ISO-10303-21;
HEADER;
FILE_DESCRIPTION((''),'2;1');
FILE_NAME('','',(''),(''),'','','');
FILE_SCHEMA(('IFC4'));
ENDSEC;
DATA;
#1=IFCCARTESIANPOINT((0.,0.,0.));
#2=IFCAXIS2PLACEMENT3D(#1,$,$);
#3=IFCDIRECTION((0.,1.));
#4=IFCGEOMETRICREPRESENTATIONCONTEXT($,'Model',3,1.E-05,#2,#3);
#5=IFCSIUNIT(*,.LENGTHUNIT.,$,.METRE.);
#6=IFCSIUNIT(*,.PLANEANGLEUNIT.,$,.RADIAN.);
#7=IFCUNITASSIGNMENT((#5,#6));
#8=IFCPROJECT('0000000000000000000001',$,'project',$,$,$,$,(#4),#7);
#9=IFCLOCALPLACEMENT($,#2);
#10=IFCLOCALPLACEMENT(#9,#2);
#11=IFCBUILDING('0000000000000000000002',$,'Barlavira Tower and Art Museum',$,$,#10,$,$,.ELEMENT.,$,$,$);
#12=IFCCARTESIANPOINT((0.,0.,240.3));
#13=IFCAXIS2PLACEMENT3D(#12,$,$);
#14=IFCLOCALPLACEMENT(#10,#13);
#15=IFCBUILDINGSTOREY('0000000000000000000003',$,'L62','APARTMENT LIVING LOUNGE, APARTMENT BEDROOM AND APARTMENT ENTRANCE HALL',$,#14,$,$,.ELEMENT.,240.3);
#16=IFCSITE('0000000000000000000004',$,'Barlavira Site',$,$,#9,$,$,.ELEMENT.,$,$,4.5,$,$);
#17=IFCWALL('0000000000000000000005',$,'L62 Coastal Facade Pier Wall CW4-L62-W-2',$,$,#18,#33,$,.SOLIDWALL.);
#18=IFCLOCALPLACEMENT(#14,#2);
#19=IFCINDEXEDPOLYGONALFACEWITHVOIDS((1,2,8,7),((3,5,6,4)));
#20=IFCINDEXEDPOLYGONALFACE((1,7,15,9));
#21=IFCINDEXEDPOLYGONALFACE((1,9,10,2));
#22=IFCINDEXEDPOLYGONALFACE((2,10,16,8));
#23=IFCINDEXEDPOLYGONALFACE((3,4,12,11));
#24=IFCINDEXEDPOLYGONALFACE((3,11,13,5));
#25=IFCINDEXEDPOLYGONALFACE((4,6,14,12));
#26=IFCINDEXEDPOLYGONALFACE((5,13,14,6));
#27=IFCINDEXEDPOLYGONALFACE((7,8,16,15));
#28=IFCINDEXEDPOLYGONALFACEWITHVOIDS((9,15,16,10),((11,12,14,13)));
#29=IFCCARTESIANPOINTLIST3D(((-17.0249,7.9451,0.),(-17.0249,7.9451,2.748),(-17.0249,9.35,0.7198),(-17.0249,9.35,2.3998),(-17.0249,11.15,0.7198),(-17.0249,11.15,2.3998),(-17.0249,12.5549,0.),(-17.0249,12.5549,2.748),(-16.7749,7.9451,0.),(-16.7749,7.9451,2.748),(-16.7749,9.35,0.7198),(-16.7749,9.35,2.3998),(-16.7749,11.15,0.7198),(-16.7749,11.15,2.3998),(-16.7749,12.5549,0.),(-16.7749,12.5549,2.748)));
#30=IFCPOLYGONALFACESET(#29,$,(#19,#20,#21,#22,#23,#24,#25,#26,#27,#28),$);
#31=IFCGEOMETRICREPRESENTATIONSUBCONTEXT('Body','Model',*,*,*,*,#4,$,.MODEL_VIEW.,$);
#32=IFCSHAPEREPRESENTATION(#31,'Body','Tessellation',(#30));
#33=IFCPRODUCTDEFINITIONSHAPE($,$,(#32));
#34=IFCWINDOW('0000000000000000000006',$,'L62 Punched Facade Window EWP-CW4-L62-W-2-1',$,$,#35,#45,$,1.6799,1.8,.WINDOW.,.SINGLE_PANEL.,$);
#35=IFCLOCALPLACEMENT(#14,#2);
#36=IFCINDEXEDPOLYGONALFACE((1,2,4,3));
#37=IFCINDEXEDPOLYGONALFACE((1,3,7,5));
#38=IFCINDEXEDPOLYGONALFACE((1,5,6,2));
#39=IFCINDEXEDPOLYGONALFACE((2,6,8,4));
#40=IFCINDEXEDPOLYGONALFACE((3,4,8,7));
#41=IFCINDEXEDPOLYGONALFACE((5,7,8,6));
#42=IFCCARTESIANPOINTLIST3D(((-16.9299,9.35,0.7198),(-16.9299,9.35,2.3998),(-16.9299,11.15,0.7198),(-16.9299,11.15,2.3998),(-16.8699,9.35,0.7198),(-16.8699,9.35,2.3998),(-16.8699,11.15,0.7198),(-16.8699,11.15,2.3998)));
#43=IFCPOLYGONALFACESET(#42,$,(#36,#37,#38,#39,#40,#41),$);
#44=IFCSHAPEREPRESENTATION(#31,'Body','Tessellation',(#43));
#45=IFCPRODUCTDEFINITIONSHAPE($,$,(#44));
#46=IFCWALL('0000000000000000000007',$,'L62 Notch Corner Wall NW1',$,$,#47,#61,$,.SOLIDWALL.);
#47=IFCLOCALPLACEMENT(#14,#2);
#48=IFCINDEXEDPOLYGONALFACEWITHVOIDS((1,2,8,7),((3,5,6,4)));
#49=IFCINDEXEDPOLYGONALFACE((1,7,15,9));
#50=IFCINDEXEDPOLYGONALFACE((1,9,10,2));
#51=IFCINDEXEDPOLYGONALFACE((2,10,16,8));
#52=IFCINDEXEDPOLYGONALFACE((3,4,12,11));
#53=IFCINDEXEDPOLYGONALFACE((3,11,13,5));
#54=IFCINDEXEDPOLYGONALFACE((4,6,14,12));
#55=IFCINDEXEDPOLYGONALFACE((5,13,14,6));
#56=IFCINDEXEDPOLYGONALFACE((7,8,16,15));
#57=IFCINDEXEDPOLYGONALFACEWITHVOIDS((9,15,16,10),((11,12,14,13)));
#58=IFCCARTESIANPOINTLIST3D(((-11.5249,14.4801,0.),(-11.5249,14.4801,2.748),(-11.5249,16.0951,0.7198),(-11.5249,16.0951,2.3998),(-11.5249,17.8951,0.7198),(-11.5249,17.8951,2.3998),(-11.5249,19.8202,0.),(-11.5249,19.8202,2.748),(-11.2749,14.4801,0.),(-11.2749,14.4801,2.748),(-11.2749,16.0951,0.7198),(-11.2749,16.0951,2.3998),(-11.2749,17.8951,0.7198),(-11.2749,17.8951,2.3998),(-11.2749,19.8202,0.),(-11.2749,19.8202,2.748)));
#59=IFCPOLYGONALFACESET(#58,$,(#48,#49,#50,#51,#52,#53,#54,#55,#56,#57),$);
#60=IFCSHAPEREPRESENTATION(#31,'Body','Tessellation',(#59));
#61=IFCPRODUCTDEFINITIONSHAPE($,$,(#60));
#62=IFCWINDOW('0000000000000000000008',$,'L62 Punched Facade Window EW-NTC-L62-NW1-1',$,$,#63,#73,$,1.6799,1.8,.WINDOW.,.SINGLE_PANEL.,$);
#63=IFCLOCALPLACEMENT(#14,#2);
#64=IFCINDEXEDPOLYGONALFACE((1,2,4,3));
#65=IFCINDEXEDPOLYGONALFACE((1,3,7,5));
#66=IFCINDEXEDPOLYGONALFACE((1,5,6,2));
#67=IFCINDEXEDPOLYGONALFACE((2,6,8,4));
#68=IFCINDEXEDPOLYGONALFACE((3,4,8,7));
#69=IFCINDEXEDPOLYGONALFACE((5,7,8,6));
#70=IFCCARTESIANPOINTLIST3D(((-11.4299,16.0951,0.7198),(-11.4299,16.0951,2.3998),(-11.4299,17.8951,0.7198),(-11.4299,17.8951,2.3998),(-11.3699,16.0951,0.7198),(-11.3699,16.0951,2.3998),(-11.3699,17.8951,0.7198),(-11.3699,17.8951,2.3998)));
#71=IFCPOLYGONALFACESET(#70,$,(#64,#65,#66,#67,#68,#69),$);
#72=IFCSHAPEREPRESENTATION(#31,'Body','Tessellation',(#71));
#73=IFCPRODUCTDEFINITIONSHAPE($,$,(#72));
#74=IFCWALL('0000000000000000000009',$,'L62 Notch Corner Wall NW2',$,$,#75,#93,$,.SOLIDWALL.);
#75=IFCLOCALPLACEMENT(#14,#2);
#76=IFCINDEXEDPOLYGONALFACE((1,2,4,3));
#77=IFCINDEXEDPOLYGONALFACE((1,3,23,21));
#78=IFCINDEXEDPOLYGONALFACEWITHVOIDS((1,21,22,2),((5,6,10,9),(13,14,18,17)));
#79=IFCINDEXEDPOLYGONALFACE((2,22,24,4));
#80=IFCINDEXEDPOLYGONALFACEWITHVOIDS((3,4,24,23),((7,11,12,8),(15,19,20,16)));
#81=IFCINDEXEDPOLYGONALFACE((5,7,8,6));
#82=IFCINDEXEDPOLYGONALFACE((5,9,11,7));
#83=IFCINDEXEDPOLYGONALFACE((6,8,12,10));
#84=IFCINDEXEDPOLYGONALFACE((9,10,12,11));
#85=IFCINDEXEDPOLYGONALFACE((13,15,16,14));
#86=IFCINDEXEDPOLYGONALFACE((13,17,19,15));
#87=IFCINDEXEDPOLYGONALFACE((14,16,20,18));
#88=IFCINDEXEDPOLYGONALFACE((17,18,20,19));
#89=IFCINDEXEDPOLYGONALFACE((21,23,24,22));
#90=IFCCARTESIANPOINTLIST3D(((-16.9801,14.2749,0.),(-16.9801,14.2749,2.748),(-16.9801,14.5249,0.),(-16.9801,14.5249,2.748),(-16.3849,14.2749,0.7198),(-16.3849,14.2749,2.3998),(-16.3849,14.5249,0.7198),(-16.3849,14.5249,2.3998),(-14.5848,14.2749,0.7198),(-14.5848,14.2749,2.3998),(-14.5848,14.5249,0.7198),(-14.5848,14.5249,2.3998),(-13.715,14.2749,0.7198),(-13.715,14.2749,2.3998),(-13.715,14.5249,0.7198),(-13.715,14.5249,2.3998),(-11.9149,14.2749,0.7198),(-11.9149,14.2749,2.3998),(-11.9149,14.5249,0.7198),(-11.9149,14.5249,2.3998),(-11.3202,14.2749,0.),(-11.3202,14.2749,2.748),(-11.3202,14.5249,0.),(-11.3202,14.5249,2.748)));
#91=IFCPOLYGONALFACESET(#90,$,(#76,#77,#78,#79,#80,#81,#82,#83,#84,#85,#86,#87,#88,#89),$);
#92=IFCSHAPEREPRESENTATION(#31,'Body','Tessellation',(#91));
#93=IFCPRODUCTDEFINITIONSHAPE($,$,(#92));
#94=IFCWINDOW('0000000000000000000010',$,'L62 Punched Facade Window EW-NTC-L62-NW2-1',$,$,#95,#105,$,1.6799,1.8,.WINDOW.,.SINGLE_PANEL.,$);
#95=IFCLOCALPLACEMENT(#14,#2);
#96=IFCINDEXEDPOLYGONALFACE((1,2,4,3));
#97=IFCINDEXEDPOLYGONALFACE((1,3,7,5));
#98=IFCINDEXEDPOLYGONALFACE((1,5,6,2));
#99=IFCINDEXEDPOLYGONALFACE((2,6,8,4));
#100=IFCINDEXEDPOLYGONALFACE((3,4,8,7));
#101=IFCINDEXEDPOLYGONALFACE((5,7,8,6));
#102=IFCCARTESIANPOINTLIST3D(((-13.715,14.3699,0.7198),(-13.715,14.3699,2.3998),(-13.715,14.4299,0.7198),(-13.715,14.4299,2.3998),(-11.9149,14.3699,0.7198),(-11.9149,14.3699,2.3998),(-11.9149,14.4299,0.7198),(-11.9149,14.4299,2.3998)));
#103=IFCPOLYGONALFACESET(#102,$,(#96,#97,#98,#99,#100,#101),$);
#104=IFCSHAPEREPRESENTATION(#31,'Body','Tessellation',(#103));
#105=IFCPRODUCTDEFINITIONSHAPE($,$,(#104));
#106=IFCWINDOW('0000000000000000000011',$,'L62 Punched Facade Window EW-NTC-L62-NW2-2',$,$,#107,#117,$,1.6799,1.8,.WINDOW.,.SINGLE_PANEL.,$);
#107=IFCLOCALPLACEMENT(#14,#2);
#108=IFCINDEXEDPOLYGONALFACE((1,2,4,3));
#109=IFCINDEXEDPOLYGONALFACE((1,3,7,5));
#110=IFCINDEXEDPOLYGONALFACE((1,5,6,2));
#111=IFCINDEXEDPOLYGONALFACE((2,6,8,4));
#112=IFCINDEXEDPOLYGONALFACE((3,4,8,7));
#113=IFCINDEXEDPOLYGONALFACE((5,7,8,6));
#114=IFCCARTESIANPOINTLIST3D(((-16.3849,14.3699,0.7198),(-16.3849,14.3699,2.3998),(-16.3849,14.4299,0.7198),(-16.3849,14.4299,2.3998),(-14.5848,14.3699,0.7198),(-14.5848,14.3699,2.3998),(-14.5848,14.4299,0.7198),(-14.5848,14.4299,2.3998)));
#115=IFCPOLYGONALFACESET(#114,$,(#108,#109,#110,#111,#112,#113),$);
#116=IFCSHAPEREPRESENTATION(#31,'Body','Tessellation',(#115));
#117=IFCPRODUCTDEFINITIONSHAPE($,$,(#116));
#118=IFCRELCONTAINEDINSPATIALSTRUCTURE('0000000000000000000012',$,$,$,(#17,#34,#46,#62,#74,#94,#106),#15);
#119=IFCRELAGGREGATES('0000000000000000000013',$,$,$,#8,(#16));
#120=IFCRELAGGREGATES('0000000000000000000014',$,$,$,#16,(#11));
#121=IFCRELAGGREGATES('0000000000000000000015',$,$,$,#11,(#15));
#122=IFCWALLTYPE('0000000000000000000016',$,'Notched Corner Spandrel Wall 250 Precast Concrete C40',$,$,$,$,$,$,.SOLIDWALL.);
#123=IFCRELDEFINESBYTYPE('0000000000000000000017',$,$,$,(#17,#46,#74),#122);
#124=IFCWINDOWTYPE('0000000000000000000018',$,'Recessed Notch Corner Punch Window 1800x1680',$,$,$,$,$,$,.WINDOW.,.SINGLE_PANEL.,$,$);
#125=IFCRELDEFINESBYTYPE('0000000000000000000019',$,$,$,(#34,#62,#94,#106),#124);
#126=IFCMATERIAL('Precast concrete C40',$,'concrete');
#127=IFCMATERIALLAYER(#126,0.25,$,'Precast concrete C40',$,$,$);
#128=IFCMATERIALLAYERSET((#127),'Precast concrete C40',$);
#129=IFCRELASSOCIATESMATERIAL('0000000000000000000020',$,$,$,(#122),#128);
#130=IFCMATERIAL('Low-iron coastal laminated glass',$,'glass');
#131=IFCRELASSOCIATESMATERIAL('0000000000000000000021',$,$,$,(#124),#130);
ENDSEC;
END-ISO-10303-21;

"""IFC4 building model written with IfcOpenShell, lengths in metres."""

from ifc_helpers import new_model, si_unit, direction, frame, frame_2d, origin, place, context, subcontext, project, spatial, rectangle, extrude, material, layer, layer_set, type_object, element, fill, save


model = new_model("IFC4")

# Units and contexts
model_context = context("Model", 3, precision=1e-05, world=origin(), true_north=direction((0.0, 1.0)))
body_context = subcontext(model_context, "Body", "Model", "MODEL_VIEW")
ifc_project = project(units=[si_unit("LENGTHUNIT", "METRE"), si_unit("PLANEANGLEUNIT", "RADIAN")], contexts=[model_context])

# Site, building, storey
site_placement = place(None, origin())
site = spatial("IfcSite", under=ifc_project, at=site_placement, Name="Barlavira Site", CompositionType="ELEMENT", RefElevation=4.5)
building_placement = place(site_placement, origin())
building = spatial("IfcBuilding", under=site, at=building_placement, Name="Barlavira Tower and Art Museum", CompositionType="ELEMENT")
storey_placement = place(building_placement, frame((0.0, 0.0, 240.3)))
storey = spatial("IfcBuildingStorey", under=building, at=storey_placement, Name="L62", Description="APARTMENT LIVING LOUNGE, APARTMENT BEDROOM AND APARTMENT ENTRANCE HALL", CompositionType="ELEMENT", Elevation=240.3)

# Shared definitions
ifc_material_1 = material(Name="Precast concrete C40", Category="concrete")
ifc_layer_1 = layer(ifc_material_1, 0.25, Name="Precast concrete C40")
ifc_layer_set_1 = layer_set([ifc_layer_1], Name="Precast concrete C40")
wall_type_1 = type_object("IfcWallType", Name="Notched Corner Spandrel Wall 250 Precast Concrete C40", PredefinedType="SOLIDWALL", material=ifc_layer_set_1)
ifc_material_2 = material(Name="Low-iron coastal laminated glass", Category="glass")
window_type = type_object("IfcWindowType", Name="Recessed Notch Corner Punch Window 1800x1680", PartitioningType="SINGLE_PANEL", PredefinedType="WINDOW", material=ifc_material_2)

# Walls, openings, windows
wall_1_placement = place(storey_placement, frame((-16.8999, 12.5549, 0.0), z_axis=(0.0, 0.0, 1.0), x_axis=(0.0, -1.0, 0.0)))
wall_1 = element("IfcWall", 1, at=wall_1_placement, inside=storey, type_object=wall_type_1, Name="L62 Coastal Facade Pier Wall CW4-L62-W-2", PredefinedType="SOLIDWALL", context=body_context, shape_type="SweptSolid", body=[
    extrude(rectangle(XDim=4.6099, YDim=0.25, at=frame_2d((2.3049, 0.0))), origin(), (0.0, 0.0, 1.0), 2.748),
])
opening_1_placement = place(wall_1_placement, frame((1.405, 0.0, 0.72)))
opening_1 = element("IfcOpeningElement", 2, at=opening_1_placement, cuts=wall_1, PredefinedType="OPENING", context=body_context, shape_type="SweptSolid", body=[
    extrude(rectangle(XDim=1.8, YDim=1.6799, at=frame_2d((0.8999, 0.8398))), frame((0.0, 0.135, 0.0), z_axis=(0.0, -1.0, 0.0), x_axis=(1.0, 0.0, 0.0)), (0.0, 0.0, 1.0), 0.27),
])
window_1_placement = place(opening_1_placement, origin())
window_1 = element("IfcWindow", 3, at=window_1_placement, inside=storey, type_object=window_type, Name="L62 Punched Facade Window EWP-CW4-L62-W-2-1", OverallHeight=1.6799, OverallWidth=1.8, PartitioningType="SINGLE_PANEL", PredefinedType="WINDOW", context=body_context, shape_type="SweptSolid", body=[
    extrude(rectangle(XDim=1.8, YDim=1.6799, at=frame_2d((0.8999, 0.8398))), frame((0.0, 0.03, 0.0), z_axis=(0.0, -1.0, 0.0), x_axis=(1.0, 0.0, 0.0)), (0.0, 0.0, 1.0), 0.0601),
])
fill(opening_1, window_1)
wall_2_placement = place(storey_placement, frame((-11.3999, 19.8201, 0.0), z_axis=(0.0, 0.0, 1.0), x_axis=(0.0, -1.0, 0.0)))
wall_2 = element("IfcWall", 4, at=wall_2_placement, inside=storey, type_object=wall_type_1, Name="L62 Notch Corner Wall NW1", PredefinedType="SOLIDWALL", context=body_context, shape_type="SweptSolid", body=[
    extrude(rectangle(XDim=5.3401, YDim=0.25, at=frame_2d((2.6699, 0.0))), origin(), (0.0, 0.0, 1.0), 2.748),
])
opening_2_placement = place(wall_2_placement, frame((1.925, 0.0, 0.72)))
opening_2 = element("IfcOpeningElement", 5, at=opening_2_placement, cuts=wall_2, PredefinedType="OPENING", context=body_context, shape_type="SweptSolid", body=[
    extrude(rectangle(XDim=1.8, YDim=1.6799, at=frame_2d((0.8999, 0.8398))), frame((0.0, 0.135, 0.0), z_axis=(0.0, -1.0, 0.0), x_axis=(1.0, 0.0, 0.0)), (0.0, 0.0, 1.0), 0.27),
])
window_2_placement = place(opening_2_placement, origin())
window_2 = element("IfcWindow", 6, at=window_2_placement, inside=storey, type_object=window_type, Name="L62 Punched Facade Window EW-NTC-L62-NW1-1", OverallHeight=1.6799, OverallWidth=1.8, PartitioningType="SINGLE_PANEL", PredefinedType="WINDOW", context=body_context, shape_type="SweptSolid", body=[
    extrude(rectangle(XDim=1.8, YDim=1.6799, at=frame_2d((0.8999, 0.8398))), frame((0.0, 0.03, 0.0), z_axis=(0.0, -1.0, 0.0), x_axis=(1.0, 0.0, 0.0)), (0.0, 0.0, 1.0), 0.0601),
])
fill(opening_2, window_2)

# Wall, openings, windows
wall_3_placement = place(storey_placement, frame((-11.3201, 14.3999, 0.0), z_axis=(0.0, 0.0, 1.0), x_axis=(-1.0, 0.0, 0.0)))
wall_3 = element("IfcWall", 7, at=wall_3_placement, inside=storey, type_object=wall_type_1, Name="L62 Notch Corner Wall NW2", PredefinedType="SOLIDWALL", context=body_context, shape_type="SweptSolid", body=[
    extrude(rectangle(XDim=5.6599, YDim=0.25, at=frame_2d((2.8301, 0.0))), origin(), (0.0, 0.0, 1.0), 2.748),
])
opening_3_placement = place(wall_3_placement, frame((0.595, 0.0, 0.72)))
opening_3 = element("IfcOpeningElement", 8, at=opening_3_placement, cuts=wall_3, PredefinedType="OPENING", context=body_context, shape_type="SweptSolid", body=[
    extrude(rectangle(XDim=1.8, YDim=1.6799, at=frame_2d((0.8999, 0.8398))), frame((0.0, 0.135, 0.0), z_axis=(0.0, -1.0, 0.0), x_axis=(1.0, 0.0, 0.0)), (0.0, 0.0, 1.0), 0.27),
])
opening_4_placement = place(wall_3_placement, frame((3.2649, 0.0, 0.72)))
opening_4 = element("IfcOpeningElement", 9, at=opening_4_placement, cuts=wall_3, PredefinedType="OPENING", context=body_context, shape_type="SweptSolid", body=[
    extrude(rectangle(XDim=1.8, YDim=1.6799, at=frame_2d((0.8999, 0.8398))), frame((0.0, 0.135, 0.0), z_axis=(0.0, -1.0, 0.0), x_axis=(1.0, 0.0, 0.0)), (0.0, 0.0, 1.0), 0.27),
])
window_3_placement = place(opening_3_placement, origin())
window_3 = element("IfcWindow", 10, at=window_3_placement, inside=storey, type_object=window_type, Name="L62 Punched Facade Window EW-NTC-L62-NW2-1", OverallHeight=1.6799, OverallWidth=1.8, PartitioningType="SINGLE_PANEL", PredefinedType="WINDOW", context=body_context, shape_type="SweptSolid", body=[
    extrude(rectangle(XDim=1.8, YDim=1.6799, at=frame_2d((0.8999, 0.8398))), frame((0.0, 0.03, 0.0), z_axis=(0.0, -1.0, 0.0), x_axis=(1.0, 0.0, 0.0)), (0.0, 0.0, 1.0), 0.0601),
])
fill(opening_3, window_3)
window_4_placement = place(opening_4_placement, origin())
window_4 = element("IfcWindow", 11, at=window_4_placement, inside=storey, type_object=window_type, Name="L62 Punched Facade Window EW-NTC-L62-NW2-2", OverallHeight=1.6799, OverallWidth=1.8, PartitioningType="SINGLE_PANEL", PredefinedType="WINDOW", context=body_context, shape_type="SweptSolid", body=[
    extrude(rectangle(XDim=1.8, YDim=1.6799, at=frame_2d((0.8999, 0.8398))), frame((0.0, 0.03, 0.0), z_axis=(0.0, -1.0, 0.0), x_axis=(1.0, 0.0, 0.0)), (0.0, 0.0, 1.0), 0.0601),
])
fill(opening_4, window_4)

save(model, "model.ifc")
